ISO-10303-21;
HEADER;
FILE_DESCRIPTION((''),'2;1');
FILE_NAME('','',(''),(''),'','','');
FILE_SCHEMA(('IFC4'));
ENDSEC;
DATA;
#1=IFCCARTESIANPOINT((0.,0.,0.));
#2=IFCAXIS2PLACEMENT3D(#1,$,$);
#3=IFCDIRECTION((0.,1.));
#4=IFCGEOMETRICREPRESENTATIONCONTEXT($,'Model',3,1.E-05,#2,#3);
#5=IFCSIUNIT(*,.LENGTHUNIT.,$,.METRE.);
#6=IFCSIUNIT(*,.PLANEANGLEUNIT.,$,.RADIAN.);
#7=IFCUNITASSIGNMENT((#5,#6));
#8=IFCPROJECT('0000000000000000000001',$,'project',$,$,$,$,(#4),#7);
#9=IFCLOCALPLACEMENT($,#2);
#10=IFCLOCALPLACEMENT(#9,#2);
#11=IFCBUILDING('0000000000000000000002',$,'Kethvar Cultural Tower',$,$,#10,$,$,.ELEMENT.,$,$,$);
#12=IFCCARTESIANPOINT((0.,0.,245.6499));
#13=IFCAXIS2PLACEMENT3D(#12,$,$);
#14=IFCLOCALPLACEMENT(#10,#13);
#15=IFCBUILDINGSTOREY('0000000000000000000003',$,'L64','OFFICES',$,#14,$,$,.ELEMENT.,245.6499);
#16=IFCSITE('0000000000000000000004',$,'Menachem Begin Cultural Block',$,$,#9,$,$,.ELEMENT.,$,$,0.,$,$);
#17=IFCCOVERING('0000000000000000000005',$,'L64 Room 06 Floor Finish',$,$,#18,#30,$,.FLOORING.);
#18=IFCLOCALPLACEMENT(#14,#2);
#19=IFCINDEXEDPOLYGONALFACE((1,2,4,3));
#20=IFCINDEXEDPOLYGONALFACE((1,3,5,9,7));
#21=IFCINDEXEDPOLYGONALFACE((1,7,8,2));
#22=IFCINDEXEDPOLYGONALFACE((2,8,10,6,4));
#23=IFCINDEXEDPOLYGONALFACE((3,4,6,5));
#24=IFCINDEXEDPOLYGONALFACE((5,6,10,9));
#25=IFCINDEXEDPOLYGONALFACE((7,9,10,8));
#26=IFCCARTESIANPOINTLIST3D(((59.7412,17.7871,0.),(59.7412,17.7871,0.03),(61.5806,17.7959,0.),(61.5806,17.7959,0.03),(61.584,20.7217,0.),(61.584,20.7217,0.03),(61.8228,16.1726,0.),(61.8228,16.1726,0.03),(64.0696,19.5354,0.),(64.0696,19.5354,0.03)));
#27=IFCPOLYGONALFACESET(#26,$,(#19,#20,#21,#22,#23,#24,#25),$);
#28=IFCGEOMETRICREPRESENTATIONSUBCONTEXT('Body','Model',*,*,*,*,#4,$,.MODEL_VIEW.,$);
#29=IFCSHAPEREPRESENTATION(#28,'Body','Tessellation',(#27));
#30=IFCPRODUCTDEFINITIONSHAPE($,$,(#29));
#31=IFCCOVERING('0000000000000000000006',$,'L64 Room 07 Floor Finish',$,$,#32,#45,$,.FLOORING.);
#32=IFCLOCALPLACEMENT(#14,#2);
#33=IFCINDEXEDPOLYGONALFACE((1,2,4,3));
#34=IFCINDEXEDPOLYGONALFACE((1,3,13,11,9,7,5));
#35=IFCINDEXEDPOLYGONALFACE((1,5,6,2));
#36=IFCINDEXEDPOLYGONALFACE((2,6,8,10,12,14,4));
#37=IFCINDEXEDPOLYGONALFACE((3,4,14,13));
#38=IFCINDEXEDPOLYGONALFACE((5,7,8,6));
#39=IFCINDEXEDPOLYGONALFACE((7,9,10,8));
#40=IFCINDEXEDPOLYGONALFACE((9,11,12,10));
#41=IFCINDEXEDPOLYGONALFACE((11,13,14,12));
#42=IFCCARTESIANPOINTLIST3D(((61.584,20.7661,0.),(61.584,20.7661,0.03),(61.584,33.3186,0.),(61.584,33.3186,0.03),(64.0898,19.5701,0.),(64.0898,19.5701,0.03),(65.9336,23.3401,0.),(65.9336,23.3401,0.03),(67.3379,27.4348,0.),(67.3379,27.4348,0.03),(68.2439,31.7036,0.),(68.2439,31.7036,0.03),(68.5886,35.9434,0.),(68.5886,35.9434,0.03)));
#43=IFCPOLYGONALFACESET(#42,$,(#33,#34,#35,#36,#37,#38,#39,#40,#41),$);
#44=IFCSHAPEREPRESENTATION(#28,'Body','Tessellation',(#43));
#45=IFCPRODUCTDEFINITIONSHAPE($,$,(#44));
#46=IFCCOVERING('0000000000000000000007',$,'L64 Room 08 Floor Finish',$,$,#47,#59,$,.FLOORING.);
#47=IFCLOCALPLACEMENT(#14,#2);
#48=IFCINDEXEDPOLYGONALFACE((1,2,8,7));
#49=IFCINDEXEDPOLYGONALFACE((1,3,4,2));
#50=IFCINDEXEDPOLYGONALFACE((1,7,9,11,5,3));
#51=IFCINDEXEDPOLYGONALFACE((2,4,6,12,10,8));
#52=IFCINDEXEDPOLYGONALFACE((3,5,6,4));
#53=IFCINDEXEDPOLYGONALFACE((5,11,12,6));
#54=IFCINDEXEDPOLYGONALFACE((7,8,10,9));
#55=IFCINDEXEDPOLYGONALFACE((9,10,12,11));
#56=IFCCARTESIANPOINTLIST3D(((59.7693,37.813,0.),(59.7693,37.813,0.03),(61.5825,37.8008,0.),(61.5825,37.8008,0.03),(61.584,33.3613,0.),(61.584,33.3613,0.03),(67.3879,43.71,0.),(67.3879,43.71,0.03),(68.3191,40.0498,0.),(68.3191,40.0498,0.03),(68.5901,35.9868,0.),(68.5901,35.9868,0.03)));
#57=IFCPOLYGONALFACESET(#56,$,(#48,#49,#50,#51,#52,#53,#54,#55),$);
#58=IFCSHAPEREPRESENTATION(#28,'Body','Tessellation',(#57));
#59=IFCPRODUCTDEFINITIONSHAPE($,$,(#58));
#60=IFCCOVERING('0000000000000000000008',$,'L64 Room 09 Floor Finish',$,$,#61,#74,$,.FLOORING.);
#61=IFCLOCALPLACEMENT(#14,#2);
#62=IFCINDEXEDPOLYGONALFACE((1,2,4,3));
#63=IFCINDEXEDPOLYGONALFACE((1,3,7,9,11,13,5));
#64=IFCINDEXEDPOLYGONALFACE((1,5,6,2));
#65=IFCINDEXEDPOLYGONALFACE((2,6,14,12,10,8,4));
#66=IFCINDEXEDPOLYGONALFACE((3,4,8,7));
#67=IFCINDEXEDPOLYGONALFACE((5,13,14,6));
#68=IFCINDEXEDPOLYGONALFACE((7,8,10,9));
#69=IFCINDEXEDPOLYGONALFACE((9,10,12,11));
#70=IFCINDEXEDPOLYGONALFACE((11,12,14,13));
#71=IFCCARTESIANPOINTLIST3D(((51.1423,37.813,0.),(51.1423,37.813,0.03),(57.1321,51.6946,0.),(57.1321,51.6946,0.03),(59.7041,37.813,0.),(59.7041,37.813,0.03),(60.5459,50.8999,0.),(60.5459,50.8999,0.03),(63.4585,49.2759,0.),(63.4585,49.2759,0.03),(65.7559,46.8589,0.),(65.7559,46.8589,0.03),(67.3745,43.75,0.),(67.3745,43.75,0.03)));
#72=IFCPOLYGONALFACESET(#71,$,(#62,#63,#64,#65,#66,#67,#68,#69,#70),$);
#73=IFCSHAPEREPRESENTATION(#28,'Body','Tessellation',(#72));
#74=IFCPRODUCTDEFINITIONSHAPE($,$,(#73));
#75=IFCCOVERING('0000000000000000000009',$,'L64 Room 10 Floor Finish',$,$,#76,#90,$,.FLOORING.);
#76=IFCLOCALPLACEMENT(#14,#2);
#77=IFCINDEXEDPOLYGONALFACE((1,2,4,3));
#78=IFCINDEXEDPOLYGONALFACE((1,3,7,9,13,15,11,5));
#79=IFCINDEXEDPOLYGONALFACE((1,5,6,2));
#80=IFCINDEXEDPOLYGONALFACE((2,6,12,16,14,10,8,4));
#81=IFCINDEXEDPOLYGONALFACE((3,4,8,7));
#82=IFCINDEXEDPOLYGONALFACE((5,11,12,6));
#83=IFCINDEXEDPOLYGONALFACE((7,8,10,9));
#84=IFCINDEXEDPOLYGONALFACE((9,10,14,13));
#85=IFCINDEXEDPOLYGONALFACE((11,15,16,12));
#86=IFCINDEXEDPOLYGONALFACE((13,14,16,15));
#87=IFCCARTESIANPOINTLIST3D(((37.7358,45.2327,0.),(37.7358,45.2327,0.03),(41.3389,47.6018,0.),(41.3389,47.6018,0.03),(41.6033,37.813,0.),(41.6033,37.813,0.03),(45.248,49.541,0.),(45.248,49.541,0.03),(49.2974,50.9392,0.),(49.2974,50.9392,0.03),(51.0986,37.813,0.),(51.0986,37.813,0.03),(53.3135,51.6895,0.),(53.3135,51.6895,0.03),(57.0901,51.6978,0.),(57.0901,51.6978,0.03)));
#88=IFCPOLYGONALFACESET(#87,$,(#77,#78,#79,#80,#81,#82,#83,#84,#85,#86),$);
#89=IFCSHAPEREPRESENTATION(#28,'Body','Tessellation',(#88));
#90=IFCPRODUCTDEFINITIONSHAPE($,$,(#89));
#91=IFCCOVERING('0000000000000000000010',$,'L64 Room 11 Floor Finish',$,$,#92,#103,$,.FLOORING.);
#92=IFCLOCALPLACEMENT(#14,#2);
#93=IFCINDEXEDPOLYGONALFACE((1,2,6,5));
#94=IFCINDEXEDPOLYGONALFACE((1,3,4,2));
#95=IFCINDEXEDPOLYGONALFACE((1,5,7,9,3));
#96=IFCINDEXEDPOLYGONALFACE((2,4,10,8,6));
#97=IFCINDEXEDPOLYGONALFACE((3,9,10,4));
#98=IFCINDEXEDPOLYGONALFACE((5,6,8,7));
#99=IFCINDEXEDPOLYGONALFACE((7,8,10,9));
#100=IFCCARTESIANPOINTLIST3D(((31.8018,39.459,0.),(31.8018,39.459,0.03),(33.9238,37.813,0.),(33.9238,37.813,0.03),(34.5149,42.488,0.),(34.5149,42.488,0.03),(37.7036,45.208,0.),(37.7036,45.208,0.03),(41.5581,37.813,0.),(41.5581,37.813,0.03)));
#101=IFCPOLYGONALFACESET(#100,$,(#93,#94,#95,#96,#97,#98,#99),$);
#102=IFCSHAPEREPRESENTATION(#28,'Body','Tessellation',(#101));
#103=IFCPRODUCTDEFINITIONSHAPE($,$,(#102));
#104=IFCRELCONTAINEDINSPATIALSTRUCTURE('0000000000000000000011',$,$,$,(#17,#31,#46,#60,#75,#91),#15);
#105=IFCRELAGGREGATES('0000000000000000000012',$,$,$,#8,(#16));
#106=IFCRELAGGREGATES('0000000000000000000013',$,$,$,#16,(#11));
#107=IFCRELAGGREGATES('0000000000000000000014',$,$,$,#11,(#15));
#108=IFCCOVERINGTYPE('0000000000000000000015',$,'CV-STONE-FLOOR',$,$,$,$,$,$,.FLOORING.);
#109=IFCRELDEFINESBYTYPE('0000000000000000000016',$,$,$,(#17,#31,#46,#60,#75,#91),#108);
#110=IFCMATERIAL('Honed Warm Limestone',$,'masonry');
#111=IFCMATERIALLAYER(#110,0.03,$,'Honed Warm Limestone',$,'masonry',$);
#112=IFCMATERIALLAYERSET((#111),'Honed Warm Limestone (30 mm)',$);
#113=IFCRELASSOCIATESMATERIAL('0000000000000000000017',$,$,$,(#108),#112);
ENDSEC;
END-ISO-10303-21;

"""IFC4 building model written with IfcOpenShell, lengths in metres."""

from ifc_helpers import new_model, si_unit, direction, frame, origin, place, context, subcontext, project, spatial, polyline, outline, extrude, material, layer, layer_set, type_object, element, save


model = new_model("IFC4")

# Units and contexts
model_context = context("Model", 3, precision=1e-05, world=origin(), true_north=direction((0.0, 1.0)))
body_context = subcontext(model_context, "Body", "Model", "MODEL_VIEW")
ifc_project = project(units=[si_unit("LENGTHUNIT", "METRE"), si_unit("PLANEANGLEUNIT", "RADIAN")], contexts=[model_context])

# Site, building, storey
site_placement = place(None, origin())
site = spatial("IfcSite", under=ifc_project, at=site_placement, Name="Menachem Begin Cultural Block", CompositionType="ELEMENT", RefElevation=0.0)
building_placement = place(site_placement, origin())
building = spatial("IfcBuilding", under=site, at=building_placement, Name="Kethvar Cultural Tower", CompositionType="ELEMENT")
storey_placement = place(building_placement, frame((0.0, 0.0, 245.6499)))
storey = spatial("IfcBuildingStorey", under=building, at=storey_placement, Name="L64", Description="OFFICES", CompositionType="ELEMENT", Elevation=245.6499)

# Coverings
ifc_material_1 = material(Name="Honed Warm Limestone", Category="masonry")
ifc_layer_1 = layer(ifc_material_1, 0.03, Name="Honed Warm Limestone", Category="masonry")
ifc_layer_set_1 = layer_set([ifc_layer_1], Name="Honed Warm Limestone (30 mm)")
covering_type_1 = type_object("IfcCoveringType", Name="CV-STONE-FLOOR", PredefinedType="FLOORING", material=ifc_layer_set_1)
covering_1_placement = place(storey_placement, origin())
element("IfcCovering", 1, at=covering_1_placement, inside=storey, type_object=covering_type_1, Name="L64 Room 06 Floor Finish", PredefinedType="FLOORING", context=body_context, shape_type="SweptSolid", body=[
    extrude(outline(polyline([(61.8228, 16.1726), (59.7412, 17.7871), (61.5806, 17.7959), (61.584, 20.7217), (64.0696, 19.5354), (61.8228, 16.1726)])), origin(), (0.0, 0.0, 1.0), 0.03),
])
covering_2_placement = place(storey_placement, origin())
element("IfcCovering", 2, at=covering_2_placement, inside=storey, type_object=covering_type_1, Name="L64 Room 07 Floor Finish", PredefinedType="FLOORING", context=body_context, shape_type="SweptSolid", body=[
    extrude(outline(polyline([(68.2439, 31.7036), (67.3379, 27.4348), (65.9336, 23.3401), (64.0898, 19.5701), (61.584, 20.7661), (61.584, 33.3186), (68.5886, 35.9434), (68.2439, 31.7036)])), origin(), (0.0, 0.0, 1.0), 0.03),
])
covering_3_placement = place(storey_placement, origin())
element("IfcCovering", 3, at=covering_3_placement, inside=storey, type_object=covering_type_1, Name="L64 Room 08 Floor Finish", PredefinedType="FLOORING", context=body_context, shape_type="SweptSolid", body=[
    extrude(outline(polyline([(68.3191, 40.0498), (68.5901, 35.9868), (61.584, 33.3613), (61.5825, 37.8008), (59.7693, 37.813), (67.3879, 43.71), (68.3191, 40.0498)])), origin(), (0.0, 0.0, 1.0), 0.03),
])
covering_4_placement = place(storey_placement, origin())
element("IfcCovering", 4, at=covering_4_placement, inside=storey, type_object=covering_type_1, Name="L64 Room 09 Floor Finish", PredefinedType="FLOORING", context=body_context, shape_type="SweptSolid", body=[
    extrude(outline(polyline([(67.3745, 43.75), (59.7041, 37.813), (51.1423, 37.813), (57.1321, 51.6946), (60.5459, 50.8999), (63.4585, 49.2759), (65.7559, 46.8589), (67.3745, 43.75)])), origin(), (0.0, 0.0, 1.0), 0.03),
])
covering_5_placement = place(storey_placement, origin())
element("IfcCovering", 5, at=covering_5_placement, inside=storey, type_object=covering_type_1, Name="L64 Room 10 Floor Finish", PredefinedType="FLOORING", context=body_context, shape_type="SweptSolid", body=[
    extrude(outline(polyline([(41.3389, 47.6018), (45.248, 49.541), (49.2974, 50.9392), (53.3135, 51.6895), (57.0901, 51.6978), (51.0986, 37.813), (41.6033, 37.813), (37.7358, 45.2327), (41.3389, 47.6018)])), origin(), (0.0, 0.0, 1.0), 0.03),
])
covering_6_placement = place(storey_placement, origin())
element("IfcCovering", 6, at=covering_6_placement, inside=storey, type_object=covering_type_1, Name="L64 Room 11 Floor Finish", PredefinedType="FLOORING", context=body_context, shape_type="SweptSolid", body=[
    extrude(outline(polyline([(34.5149, 42.488), (37.7036, 45.208), (41.5581, 37.813), (33.9238, 37.813), (31.8018, 39.459), (34.5149, 42.488)])), origin(), (0.0, 0.0, 1.0), 0.03),
])

save(model, "model.ifc")
